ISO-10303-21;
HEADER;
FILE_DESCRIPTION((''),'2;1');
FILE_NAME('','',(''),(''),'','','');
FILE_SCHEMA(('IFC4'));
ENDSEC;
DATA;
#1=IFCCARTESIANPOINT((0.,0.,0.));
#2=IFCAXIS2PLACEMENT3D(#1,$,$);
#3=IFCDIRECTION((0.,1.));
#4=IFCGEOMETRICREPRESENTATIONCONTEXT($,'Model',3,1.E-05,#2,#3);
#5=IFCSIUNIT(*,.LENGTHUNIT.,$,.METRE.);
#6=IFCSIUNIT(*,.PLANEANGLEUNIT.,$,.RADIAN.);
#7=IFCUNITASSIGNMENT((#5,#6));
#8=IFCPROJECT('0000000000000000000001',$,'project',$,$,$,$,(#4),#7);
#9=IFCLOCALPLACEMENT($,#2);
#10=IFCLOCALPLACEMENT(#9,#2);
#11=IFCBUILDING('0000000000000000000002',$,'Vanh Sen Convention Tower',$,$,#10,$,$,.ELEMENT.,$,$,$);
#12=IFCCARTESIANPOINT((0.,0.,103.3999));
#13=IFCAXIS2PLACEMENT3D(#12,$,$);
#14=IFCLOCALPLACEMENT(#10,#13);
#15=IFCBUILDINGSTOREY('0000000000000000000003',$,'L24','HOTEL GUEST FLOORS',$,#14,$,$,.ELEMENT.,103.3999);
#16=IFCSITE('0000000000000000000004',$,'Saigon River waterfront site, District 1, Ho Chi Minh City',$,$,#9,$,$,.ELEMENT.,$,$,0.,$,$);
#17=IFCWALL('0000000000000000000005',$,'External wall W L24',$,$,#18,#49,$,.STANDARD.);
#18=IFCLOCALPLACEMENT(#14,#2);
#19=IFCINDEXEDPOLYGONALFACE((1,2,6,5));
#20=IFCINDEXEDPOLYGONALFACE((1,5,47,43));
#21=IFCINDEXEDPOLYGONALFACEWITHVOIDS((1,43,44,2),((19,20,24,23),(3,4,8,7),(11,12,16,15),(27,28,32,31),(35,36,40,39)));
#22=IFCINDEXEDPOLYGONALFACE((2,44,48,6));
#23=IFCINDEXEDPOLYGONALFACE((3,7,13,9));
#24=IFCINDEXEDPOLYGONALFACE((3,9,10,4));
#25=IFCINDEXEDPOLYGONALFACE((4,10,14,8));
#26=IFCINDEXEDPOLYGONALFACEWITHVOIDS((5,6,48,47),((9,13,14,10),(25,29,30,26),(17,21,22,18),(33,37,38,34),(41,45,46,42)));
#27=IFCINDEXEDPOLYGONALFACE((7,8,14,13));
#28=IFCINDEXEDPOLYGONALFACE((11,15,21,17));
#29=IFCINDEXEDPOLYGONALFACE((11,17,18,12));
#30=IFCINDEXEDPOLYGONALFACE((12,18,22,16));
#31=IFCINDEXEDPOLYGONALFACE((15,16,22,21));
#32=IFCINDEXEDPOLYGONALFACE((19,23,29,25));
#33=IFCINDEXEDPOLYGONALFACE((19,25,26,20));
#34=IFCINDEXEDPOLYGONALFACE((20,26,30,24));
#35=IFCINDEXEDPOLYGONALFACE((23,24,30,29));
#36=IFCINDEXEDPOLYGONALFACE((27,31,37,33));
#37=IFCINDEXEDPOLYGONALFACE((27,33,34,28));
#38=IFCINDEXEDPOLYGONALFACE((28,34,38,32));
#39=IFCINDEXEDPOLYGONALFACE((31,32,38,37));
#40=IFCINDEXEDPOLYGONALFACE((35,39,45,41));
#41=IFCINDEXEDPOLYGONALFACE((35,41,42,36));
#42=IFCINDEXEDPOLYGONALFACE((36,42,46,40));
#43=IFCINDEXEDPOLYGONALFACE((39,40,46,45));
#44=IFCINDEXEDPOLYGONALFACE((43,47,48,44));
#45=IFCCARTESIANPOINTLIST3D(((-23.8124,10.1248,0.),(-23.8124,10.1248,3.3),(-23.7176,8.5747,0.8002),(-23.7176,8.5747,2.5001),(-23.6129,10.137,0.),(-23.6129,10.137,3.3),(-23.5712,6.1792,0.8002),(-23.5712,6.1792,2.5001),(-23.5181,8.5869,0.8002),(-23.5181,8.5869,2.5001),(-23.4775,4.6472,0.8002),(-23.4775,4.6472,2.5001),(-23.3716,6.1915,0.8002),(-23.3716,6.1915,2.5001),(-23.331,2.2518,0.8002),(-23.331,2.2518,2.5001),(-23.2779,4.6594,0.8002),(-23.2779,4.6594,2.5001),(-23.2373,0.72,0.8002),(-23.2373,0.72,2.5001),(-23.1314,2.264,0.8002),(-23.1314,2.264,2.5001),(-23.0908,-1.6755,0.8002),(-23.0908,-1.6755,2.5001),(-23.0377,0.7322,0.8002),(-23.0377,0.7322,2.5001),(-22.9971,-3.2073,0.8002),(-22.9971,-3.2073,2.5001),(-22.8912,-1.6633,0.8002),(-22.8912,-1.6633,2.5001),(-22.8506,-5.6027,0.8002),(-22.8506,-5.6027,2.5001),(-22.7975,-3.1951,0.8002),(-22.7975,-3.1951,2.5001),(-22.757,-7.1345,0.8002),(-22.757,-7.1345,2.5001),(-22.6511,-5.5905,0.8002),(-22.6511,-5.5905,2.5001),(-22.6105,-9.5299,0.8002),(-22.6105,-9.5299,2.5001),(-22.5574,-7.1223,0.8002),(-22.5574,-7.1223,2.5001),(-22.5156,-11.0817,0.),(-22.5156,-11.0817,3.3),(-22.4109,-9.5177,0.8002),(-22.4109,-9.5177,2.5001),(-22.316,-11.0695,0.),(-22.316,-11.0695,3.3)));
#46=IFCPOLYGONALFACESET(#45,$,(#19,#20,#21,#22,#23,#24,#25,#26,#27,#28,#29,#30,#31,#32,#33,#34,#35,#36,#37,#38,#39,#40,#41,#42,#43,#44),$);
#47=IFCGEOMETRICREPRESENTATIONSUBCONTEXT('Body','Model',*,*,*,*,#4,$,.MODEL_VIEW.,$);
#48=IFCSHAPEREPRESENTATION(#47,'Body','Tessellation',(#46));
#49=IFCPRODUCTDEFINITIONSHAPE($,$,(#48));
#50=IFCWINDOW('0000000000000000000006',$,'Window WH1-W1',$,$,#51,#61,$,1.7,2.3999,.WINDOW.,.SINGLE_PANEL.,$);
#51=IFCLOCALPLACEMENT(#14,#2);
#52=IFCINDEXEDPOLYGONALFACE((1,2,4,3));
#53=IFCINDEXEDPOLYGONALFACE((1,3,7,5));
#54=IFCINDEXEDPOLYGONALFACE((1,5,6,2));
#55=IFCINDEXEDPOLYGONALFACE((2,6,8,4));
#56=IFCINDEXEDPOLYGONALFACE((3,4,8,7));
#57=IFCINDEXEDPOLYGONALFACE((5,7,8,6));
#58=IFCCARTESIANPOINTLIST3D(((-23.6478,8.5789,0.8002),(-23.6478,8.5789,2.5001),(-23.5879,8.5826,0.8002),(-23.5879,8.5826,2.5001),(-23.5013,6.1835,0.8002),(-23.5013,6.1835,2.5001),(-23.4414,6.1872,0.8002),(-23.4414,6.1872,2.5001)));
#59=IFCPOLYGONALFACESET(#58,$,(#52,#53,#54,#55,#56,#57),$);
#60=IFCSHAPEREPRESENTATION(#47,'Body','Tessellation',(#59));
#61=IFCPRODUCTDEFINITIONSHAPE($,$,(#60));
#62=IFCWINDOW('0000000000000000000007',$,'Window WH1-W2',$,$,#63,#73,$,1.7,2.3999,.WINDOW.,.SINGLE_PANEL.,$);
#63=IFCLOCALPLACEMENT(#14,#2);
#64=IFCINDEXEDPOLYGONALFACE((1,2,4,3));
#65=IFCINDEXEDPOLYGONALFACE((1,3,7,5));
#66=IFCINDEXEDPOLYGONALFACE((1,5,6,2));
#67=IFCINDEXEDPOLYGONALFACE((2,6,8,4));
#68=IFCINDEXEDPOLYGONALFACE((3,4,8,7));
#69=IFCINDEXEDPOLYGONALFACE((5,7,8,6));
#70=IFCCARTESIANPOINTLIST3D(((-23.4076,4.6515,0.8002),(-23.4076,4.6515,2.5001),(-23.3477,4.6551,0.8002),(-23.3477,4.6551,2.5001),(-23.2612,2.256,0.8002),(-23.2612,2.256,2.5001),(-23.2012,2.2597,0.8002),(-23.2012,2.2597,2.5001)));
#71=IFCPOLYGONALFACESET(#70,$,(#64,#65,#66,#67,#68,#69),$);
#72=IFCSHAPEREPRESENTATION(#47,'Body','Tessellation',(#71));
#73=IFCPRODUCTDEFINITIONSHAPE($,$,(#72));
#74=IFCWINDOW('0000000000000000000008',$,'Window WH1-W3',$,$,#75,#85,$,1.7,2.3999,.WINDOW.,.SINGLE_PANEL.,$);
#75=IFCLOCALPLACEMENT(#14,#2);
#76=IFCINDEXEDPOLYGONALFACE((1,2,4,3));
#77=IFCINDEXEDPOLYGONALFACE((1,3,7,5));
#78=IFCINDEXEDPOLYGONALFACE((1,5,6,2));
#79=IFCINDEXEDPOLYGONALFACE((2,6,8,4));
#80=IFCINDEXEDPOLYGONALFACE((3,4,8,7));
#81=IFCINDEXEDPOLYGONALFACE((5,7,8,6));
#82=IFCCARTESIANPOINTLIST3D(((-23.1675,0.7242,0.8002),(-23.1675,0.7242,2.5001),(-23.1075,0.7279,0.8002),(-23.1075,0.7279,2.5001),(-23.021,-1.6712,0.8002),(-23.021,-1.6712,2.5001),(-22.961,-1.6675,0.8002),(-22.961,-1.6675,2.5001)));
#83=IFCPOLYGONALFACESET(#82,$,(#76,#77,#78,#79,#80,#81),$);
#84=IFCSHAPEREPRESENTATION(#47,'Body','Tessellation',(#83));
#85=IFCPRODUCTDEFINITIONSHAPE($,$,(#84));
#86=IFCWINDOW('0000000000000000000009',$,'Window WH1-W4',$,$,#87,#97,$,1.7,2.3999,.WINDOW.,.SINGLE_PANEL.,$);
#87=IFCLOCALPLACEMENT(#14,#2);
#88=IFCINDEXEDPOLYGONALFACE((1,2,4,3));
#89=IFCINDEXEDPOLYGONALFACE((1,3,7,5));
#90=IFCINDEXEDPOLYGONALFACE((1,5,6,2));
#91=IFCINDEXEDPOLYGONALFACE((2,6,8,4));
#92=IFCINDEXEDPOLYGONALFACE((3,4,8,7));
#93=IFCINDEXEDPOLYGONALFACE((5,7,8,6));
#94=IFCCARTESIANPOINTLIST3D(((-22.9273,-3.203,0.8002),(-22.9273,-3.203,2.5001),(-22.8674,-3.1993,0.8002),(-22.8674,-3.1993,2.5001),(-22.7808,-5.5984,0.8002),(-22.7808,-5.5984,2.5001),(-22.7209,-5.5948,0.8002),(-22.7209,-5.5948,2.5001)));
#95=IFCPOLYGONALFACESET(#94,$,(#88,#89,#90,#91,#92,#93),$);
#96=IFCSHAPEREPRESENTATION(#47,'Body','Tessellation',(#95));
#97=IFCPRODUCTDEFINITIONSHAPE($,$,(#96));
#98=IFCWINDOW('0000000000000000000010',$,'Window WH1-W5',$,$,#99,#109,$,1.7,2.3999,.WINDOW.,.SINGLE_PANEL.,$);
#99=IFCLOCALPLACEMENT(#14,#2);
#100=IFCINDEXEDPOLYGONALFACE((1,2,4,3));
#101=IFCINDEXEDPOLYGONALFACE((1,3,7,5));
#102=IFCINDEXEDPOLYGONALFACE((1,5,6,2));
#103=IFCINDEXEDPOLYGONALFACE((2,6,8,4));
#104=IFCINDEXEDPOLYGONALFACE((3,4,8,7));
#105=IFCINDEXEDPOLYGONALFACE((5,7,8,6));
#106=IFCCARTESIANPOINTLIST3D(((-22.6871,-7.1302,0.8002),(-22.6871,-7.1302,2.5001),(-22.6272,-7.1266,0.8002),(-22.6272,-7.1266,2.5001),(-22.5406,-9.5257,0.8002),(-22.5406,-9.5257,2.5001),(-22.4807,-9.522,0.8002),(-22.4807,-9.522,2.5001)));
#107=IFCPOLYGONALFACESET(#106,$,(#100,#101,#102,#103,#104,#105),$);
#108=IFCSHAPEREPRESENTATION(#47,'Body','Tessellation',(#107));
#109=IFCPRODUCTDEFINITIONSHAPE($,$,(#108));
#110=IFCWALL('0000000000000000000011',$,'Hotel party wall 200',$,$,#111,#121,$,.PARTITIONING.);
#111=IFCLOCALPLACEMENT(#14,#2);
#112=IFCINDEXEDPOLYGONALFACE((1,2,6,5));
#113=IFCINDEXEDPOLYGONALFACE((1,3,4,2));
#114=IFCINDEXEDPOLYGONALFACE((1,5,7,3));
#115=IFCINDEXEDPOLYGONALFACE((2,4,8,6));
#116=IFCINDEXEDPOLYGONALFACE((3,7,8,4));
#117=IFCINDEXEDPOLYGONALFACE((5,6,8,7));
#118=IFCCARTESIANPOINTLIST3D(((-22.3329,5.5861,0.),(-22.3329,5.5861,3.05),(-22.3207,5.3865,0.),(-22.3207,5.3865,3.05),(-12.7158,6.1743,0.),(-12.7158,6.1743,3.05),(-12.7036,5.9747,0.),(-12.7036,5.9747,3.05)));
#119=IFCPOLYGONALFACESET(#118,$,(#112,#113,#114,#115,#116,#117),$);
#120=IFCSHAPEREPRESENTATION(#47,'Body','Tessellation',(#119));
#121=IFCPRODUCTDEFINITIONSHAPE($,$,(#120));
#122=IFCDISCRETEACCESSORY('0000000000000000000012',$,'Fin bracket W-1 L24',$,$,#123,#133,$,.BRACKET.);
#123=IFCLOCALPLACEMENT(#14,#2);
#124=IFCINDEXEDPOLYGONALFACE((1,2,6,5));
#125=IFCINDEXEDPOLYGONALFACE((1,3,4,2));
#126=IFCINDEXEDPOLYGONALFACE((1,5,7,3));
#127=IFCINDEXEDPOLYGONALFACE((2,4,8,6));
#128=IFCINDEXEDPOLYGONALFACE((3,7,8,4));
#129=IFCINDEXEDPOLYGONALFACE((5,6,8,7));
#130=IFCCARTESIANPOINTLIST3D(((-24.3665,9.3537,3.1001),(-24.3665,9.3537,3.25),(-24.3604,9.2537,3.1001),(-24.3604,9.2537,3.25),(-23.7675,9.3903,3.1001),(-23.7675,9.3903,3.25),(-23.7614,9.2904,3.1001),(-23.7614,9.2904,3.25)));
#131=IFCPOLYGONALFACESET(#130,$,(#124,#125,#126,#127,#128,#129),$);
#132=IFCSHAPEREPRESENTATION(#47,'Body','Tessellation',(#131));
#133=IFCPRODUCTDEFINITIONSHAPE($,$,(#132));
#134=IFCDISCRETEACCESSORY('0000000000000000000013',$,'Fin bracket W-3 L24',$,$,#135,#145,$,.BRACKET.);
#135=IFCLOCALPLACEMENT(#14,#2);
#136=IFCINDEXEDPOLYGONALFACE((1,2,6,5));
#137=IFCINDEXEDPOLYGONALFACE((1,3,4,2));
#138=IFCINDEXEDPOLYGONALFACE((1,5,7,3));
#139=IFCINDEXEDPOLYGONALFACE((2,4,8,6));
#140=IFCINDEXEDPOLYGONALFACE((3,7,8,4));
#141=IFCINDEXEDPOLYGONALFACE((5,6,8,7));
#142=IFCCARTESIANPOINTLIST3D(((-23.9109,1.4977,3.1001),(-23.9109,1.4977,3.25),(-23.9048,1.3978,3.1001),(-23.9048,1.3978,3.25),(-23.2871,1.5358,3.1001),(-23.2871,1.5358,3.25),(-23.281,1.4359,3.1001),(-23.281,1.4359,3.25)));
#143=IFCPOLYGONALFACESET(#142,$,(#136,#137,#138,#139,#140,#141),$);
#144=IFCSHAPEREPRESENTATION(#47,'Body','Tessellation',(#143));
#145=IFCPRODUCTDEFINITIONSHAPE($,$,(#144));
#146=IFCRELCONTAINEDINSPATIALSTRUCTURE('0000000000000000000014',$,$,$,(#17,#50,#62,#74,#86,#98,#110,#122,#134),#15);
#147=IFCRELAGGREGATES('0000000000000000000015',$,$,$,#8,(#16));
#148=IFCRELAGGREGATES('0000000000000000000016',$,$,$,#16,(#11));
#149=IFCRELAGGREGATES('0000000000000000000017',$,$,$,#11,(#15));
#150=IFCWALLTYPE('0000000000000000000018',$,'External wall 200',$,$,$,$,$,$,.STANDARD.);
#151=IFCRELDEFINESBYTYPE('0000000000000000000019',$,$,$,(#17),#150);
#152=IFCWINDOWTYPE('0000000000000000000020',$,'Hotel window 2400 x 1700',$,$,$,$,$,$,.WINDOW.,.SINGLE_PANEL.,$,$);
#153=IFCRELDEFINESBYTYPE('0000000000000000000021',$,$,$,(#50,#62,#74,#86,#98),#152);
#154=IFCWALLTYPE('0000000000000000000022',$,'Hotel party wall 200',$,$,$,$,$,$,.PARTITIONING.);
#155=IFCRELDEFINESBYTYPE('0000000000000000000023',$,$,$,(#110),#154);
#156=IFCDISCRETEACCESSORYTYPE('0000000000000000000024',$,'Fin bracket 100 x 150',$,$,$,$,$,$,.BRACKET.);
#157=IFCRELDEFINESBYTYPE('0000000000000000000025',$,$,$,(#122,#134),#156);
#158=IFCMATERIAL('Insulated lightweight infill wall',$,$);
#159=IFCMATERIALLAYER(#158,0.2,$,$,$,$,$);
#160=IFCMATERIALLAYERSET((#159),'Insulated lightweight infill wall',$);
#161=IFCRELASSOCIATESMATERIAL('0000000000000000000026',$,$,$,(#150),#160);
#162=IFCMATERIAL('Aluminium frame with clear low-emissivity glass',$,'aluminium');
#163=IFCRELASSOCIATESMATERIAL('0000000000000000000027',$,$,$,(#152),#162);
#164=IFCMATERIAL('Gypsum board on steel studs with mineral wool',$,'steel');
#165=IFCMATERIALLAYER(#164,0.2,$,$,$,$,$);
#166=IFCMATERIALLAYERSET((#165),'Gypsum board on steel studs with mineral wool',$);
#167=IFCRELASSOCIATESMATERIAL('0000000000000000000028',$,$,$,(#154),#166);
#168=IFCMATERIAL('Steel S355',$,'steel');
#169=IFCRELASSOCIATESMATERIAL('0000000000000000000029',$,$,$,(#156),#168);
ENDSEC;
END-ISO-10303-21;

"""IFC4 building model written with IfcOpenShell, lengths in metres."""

from ifc_helpers import new_model, si_unit, direction, frame, frame_2d, origin, origin_2d, place, context, subcontext, project, spatial, rectangle, extrude, material, layer, layer_set, type_object, element, fill, save


model = new_model("IFC4")

# Units and contexts
model_context = context("Model", 3, precision=1e-05, world=origin(), true_north=direction((0.0, 1.0)))
body_context = subcontext(model_context, "Body", "Model", "MODEL_VIEW")
ifc_project = project(units=[si_unit("LENGTHUNIT", "METRE"), si_unit("PLANEANGLEUNIT", "RADIAN")], contexts=[model_context])

# Site, building, storey
site_placement = place(None, origin())
site = spatial("IfcSite", under=ifc_project, at=site_placement, Name="Saigon River waterfront site, District 1, Ho Chi Minh City", CompositionType="ELEMENT", RefElevation=0.0)
building_placement = place(site_placement, origin())
building = spatial("IfcBuilding", under=site, at=building_placement, Name="Vanh Sen Convention Tower", CompositionType="ELEMENT")
storey_placement = place(building_placement, frame((0.0, 0.0, 103.3999)))
storey = spatial("IfcBuildingStorey", under=building, at=storey_placement, Name="L24", Description="HOTEL GUEST FLOORS", CompositionType="ELEMENT", Elevation=103.3999)

# Shared definitions
ifc_material_1 = material(Name="Gypsum board on steel studs with mineral wool", Category="steel")

# Wall, openings, windows
ifc_material_2 = material(Name="Insulated lightweight infill wall")
ifc_layer_1 = layer(ifc_material_2, 0.2)
ifc_layer_set_1 = layer_set([ifc_layer_1], Name="Insulated lightweight infill wall")
wall_type_1 = type_object("IfcWallType", Name="External wall 200", PredefinedType="STANDARD", material=ifc_layer_set_1)
wall_1_placement = place(storey_placement, frame((-23.7126, 10.1309, 0.0), z_axis=(0.0, 0.0, 1.0), x_axis=(0.06104, -0.998135, 0.0)))
wall_1 = element("IfcWall", 1, at=wall_1_placement, inside=storey, type_object=wall_type_1, Name="External wall W L24", PredefinedType="STANDARD", context=body_context, shape_type="SweptSolid", body=[
    extrude(rectangle(XDim=21.2461, YDim=0.2, at=frame_2d((10.623, 0.0))), origin(), (0.0, 0.0, 1.0), 3.3),
])
opening_1_placement = place(wall_1_placement, frame((1.553, 0.0, 0.8)))
opening_1 = element("IfcOpeningElement", 2, at=opening_1_placement, cuts=wall_1, PredefinedType="OPENING", context=body_context, shape_type="SweptSolid", body=[
    extrude(rectangle(XDim=2.3999, YDim=1.7, at=frame_2d((1.2, 0.8501))), frame((0.0, 0.1099, 0.0), z_axis=(0.0, -1.0, 0.0), x_axis=(1.0, 0.0, 0.0)), (0.0, 0.0, 1.0), 0.22),
])
opening_2_placement = place(wall_1_placement, frame((5.4878, 0.0, 0.8)))
opening_2 = element("IfcOpeningElement", 3, at=opening_2_placement, cuts=wall_1, PredefinedType="OPENING", context=body_context, shape_type="SweptSolid", body=[
    extrude(rectangle(XDim=2.3999, YDim=1.7, at=frame_2d((1.2, 0.8501))), frame((0.0, 0.1099, 0.0), z_axis=(0.0, -1.0, 0.0), x_axis=(1.0, 0.0, 0.0)), (0.0, 0.0, 1.0), 0.22),
])
opening_3_placement = place(wall_1_placement, frame((9.4224, 0.0, 0.8)))
opening_3 = element("IfcOpeningElement", 4, at=opening_3_placement, cuts=wall_1, PredefinedType="OPENING", context=body_context, shape_type="SweptSolid", body=[
    extrude(rectangle(XDim=2.3999, YDim=1.7, at=frame_2d((1.2, 0.8501))), frame((0.0, 0.1099, 0.0), z_axis=(0.0, -1.0, 0.0), x_axis=(1.0, 0.0, 0.0)), (0.0, 0.0, 1.0), 0.22),
])
opening_4_placement = place(wall_1_placement, frame((13.3569, 0.0, 0.8)))
opening_4 = element("IfcOpeningElement", 5, at=opening_4_placement, cuts=wall_1, PredefinedType="OPENING", context=body_context, shape_type="SweptSolid", body=[
    extrude(rectangle(XDim=2.3999, YDim=1.7, at=frame_2d((1.2, 0.8501))), frame((0.0, 0.1099, 0.0), z_axis=(0.0, -1.0, 0.0), x_axis=(1.0, 0.0, 0.0)), (0.0, 0.0, 1.0), 0.22),
])
opening_5_placement = place(wall_1_placement, frame((17.2915, 0.0, 0.8)))
opening_5 = element("IfcOpeningElement", 6, at=opening_5_placement, cuts=wall_1, PredefinedType="OPENING", context=body_context, shape_type="SweptSolid", body=[
    extrude(rectangle(XDim=2.3999, YDim=1.7, at=frame_2d((1.2, 0.8501))), frame((0.0, 0.1099, 0.0), z_axis=(0.0, -1.0, 0.0), x_axis=(1.0, 0.0, 0.0)), (0.0, 0.0, 1.0), 0.22),
])
ifc_material_3 = material(Name="Aluminium frame with clear low-emissivity glass", Category="aluminium")
window_type = type_object("IfcWindowType", Name="Hotel window 2400 x 1700", PartitioningType="SINGLE_PANEL", PredefinedType="WINDOW", material=ifc_material_3)
window_1_placement = place(opening_1_placement, origin())
window_1 = element("IfcWindow", 7, at=window_1_placement, inside=storey, type_object=window_type, Name="Window WH1-W1", OverallHeight=1.7, OverallWidth=2.3999, PartitioningType="SINGLE_PANEL", PredefinedType="WINDOW", context=body_context, shape_type="SweptSolid", body=[
    extrude(rectangle(XDim=2.3999, YDim=1.7, at=frame_2d((1.2, 0.8501))), frame((0.0, 0.03, 0.0), z_axis=(0.0, -1.0, 0.0), x_axis=(1.0, 0.0, 0.0)), (0.0, 0.0, 1.0), 0.0601),
])
fill(opening_1, window_1)
window_2_placement = place(opening_2_placement, origin())
window_2 = element("IfcWindow", 8, at=window_2_placement, inside=storey, type_object=window_type, Name="Window WH1-W2", OverallHeight=1.7, OverallWidth=2.3999, PartitioningType="SINGLE_PANEL", PredefinedType="WINDOW", context=body_context, shape_type="SweptSolid", body=[
    extrude(rectangle(XDim=2.3999, YDim=1.7, at=frame_2d((1.2, 0.8501))), frame((0.0, 0.03, 0.0), z_axis=(0.0, -1.0, 0.0), x_axis=(1.0, 0.0, 0.0)), (0.0, 0.0, 1.0), 0.0601),
])
fill(opening_2, window_2)
window_3_placement = place(opening_3_placement, origin())
window_3 = element("IfcWindow", 9, at=window_3_placement, inside=storey, type_object=window_type, Name="Window WH1-W3", OverallHeight=1.7, OverallWidth=2.3999, PartitioningType="SINGLE_PANEL", PredefinedType="WINDOW", context=body_context, shape_type="SweptSolid", body=[
    extrude(rectangle(XDim=2.3999, YDim=1.7, at=frame_2d((1.2, 0.8501))), frame((0.0, 0.03, 0.0), z_axis=(0.0, -1.0, 0.0), x_axis=(1.0, 0.0, 0.0)), (0.0, 0.0, 1.0), 0.0601),
])
fill(opening_3, window_3)
window_4_placement = place(opening_4_placement, origin())
window_4 = element("IfcWindow", 10, at=window_4_placement, inside=storey, type_object=window_type, Name="Window WH1-W4", OverallHeight=1.7, OverallWidth=2.3999, PartitioningType="SINGLE_PANEL", PredefinedType="WINDOW", context=body_context, shape_type="SweptSolid", body=[
    extrude(rectangle(XDim=2.3999, YDim=1.7, at=frame_2d((1.2, 0.8501))), frame((0.0, 0.03, 0.0), z_axis=(0.0, -1.0, 0.0), x_axis=(1.0, 0.0, 0.0)), (0.0, 0.0, 1.0), 0.0601),
])
fill(opening_4, window_4)
window_5_placement = place(opening_5_placement, origin())
window_5 = element("IfcWindow", 11, at=window_5_placement, inside=storey, type_object=window_type, Name="Window WH1-W5", OverallHeight=1.7, OverallWidth=2.3999, PartitioningType="SINGLE_PANEL", PredefinedType="WINDOW", context=body_context, shape_type="SweptSolid", body=[
    extrude(rectangle(XDim=2.3999, YDim=1.7, at=frame_2d((1.2, 0.8501))), frame((0.0, 0.03, 0.0), z_axis=(0.0, -1.0, 0.0), x_axis=(1.0, 0.0, 0.0)), (0.0, 0.0, 1.0), 0.0601),
])
fill(opening_5, window_5)

# Wall
ifc_layer_2 = layer(ifc_material_1, 0.2)
ifc_layer_set_2 = layer_set([ifc_layer_2], Name="Gypsum board on steel studs with mineral wool")
wall_type_2 = type_object("IfcWallType", Name="Hotel party wall 200", PredefinedType="PARTITIONING", material=ifc_layer_set_2)
wall_2_placement = place(storey_placement, frame((-22.3267, 5.4863, 0.0), z_axis=(0.0, 0.0, 1.0), x_axis=(0.998135, 0.061042, 0.0)))
element("IfcWall", 12, at=wall_2_placement, inside=storey, type_object=wall_type_2, Name="Hotel party wall 200", PredefinedType="PARTITIONING", context=body_context, shape_type="SweptSolid", body=[
    extrude(rectangle(XDim=9.635, YDim=0.2, at=frame_2d((4.8174, 0.0))), origin(), (0.0, 0.0, 1.0), 3.05),
])

# Discrete accessories
ifc_material_4 = material(Name="Steel S355", Category="steel")
discrete_accessory_type = type_object("IfcDiscreteAccessoryType", Name="Fin bracket 100 x 150", PredefinedType="BRACKET", material=ifc_material_4)
discrete_accessory_1_placement = place(storey_placement, frame((-24.064, 9.322, 3.1001), z_axis=(0.0, 0.0, 1.0), x_axis=(-0.998135, -0.061049, 0.0)))
element("IfcDiscreteAccessory", 13, at=discrete_accessory_1_placement, inside=storey, type_object=discrete_accessory_type, Name="Fin bracket W-1 L24", PredefinedType="BRACKET", context=body_context, shape_type="SweptSolid", body=[
    extrude(rectangle(XDim=0.6001, YDim=0.1001, at=origin_2d()), origin(), (0.0, 0.0, 1.0), 0.1499),
])
discrete_accessory_2_placement = place(storey_placement, frame((-23.5959, 1.4668, 3.1001), z_axis=(0.0, 0.0, 1.0), x_axis=(-0.998135, -0.061049, 0.0)))
element("IfcDiscreteAccessory", 14, at=discrete_accessory_2_placement, inside=storey, type_object=discrete_accessory_type, Name="Fin bracket W-3 L24", PredefinedType="BRACKET", context=body_context, shape_type="SweptSolid", body=[
    extrude(rectangle(XDim=0.625, YDim=0.1001, at=origin_2d()), origin(), (0.0, 0.0, 1.0), 0.1499),
])

save(model, "model.ifc")
